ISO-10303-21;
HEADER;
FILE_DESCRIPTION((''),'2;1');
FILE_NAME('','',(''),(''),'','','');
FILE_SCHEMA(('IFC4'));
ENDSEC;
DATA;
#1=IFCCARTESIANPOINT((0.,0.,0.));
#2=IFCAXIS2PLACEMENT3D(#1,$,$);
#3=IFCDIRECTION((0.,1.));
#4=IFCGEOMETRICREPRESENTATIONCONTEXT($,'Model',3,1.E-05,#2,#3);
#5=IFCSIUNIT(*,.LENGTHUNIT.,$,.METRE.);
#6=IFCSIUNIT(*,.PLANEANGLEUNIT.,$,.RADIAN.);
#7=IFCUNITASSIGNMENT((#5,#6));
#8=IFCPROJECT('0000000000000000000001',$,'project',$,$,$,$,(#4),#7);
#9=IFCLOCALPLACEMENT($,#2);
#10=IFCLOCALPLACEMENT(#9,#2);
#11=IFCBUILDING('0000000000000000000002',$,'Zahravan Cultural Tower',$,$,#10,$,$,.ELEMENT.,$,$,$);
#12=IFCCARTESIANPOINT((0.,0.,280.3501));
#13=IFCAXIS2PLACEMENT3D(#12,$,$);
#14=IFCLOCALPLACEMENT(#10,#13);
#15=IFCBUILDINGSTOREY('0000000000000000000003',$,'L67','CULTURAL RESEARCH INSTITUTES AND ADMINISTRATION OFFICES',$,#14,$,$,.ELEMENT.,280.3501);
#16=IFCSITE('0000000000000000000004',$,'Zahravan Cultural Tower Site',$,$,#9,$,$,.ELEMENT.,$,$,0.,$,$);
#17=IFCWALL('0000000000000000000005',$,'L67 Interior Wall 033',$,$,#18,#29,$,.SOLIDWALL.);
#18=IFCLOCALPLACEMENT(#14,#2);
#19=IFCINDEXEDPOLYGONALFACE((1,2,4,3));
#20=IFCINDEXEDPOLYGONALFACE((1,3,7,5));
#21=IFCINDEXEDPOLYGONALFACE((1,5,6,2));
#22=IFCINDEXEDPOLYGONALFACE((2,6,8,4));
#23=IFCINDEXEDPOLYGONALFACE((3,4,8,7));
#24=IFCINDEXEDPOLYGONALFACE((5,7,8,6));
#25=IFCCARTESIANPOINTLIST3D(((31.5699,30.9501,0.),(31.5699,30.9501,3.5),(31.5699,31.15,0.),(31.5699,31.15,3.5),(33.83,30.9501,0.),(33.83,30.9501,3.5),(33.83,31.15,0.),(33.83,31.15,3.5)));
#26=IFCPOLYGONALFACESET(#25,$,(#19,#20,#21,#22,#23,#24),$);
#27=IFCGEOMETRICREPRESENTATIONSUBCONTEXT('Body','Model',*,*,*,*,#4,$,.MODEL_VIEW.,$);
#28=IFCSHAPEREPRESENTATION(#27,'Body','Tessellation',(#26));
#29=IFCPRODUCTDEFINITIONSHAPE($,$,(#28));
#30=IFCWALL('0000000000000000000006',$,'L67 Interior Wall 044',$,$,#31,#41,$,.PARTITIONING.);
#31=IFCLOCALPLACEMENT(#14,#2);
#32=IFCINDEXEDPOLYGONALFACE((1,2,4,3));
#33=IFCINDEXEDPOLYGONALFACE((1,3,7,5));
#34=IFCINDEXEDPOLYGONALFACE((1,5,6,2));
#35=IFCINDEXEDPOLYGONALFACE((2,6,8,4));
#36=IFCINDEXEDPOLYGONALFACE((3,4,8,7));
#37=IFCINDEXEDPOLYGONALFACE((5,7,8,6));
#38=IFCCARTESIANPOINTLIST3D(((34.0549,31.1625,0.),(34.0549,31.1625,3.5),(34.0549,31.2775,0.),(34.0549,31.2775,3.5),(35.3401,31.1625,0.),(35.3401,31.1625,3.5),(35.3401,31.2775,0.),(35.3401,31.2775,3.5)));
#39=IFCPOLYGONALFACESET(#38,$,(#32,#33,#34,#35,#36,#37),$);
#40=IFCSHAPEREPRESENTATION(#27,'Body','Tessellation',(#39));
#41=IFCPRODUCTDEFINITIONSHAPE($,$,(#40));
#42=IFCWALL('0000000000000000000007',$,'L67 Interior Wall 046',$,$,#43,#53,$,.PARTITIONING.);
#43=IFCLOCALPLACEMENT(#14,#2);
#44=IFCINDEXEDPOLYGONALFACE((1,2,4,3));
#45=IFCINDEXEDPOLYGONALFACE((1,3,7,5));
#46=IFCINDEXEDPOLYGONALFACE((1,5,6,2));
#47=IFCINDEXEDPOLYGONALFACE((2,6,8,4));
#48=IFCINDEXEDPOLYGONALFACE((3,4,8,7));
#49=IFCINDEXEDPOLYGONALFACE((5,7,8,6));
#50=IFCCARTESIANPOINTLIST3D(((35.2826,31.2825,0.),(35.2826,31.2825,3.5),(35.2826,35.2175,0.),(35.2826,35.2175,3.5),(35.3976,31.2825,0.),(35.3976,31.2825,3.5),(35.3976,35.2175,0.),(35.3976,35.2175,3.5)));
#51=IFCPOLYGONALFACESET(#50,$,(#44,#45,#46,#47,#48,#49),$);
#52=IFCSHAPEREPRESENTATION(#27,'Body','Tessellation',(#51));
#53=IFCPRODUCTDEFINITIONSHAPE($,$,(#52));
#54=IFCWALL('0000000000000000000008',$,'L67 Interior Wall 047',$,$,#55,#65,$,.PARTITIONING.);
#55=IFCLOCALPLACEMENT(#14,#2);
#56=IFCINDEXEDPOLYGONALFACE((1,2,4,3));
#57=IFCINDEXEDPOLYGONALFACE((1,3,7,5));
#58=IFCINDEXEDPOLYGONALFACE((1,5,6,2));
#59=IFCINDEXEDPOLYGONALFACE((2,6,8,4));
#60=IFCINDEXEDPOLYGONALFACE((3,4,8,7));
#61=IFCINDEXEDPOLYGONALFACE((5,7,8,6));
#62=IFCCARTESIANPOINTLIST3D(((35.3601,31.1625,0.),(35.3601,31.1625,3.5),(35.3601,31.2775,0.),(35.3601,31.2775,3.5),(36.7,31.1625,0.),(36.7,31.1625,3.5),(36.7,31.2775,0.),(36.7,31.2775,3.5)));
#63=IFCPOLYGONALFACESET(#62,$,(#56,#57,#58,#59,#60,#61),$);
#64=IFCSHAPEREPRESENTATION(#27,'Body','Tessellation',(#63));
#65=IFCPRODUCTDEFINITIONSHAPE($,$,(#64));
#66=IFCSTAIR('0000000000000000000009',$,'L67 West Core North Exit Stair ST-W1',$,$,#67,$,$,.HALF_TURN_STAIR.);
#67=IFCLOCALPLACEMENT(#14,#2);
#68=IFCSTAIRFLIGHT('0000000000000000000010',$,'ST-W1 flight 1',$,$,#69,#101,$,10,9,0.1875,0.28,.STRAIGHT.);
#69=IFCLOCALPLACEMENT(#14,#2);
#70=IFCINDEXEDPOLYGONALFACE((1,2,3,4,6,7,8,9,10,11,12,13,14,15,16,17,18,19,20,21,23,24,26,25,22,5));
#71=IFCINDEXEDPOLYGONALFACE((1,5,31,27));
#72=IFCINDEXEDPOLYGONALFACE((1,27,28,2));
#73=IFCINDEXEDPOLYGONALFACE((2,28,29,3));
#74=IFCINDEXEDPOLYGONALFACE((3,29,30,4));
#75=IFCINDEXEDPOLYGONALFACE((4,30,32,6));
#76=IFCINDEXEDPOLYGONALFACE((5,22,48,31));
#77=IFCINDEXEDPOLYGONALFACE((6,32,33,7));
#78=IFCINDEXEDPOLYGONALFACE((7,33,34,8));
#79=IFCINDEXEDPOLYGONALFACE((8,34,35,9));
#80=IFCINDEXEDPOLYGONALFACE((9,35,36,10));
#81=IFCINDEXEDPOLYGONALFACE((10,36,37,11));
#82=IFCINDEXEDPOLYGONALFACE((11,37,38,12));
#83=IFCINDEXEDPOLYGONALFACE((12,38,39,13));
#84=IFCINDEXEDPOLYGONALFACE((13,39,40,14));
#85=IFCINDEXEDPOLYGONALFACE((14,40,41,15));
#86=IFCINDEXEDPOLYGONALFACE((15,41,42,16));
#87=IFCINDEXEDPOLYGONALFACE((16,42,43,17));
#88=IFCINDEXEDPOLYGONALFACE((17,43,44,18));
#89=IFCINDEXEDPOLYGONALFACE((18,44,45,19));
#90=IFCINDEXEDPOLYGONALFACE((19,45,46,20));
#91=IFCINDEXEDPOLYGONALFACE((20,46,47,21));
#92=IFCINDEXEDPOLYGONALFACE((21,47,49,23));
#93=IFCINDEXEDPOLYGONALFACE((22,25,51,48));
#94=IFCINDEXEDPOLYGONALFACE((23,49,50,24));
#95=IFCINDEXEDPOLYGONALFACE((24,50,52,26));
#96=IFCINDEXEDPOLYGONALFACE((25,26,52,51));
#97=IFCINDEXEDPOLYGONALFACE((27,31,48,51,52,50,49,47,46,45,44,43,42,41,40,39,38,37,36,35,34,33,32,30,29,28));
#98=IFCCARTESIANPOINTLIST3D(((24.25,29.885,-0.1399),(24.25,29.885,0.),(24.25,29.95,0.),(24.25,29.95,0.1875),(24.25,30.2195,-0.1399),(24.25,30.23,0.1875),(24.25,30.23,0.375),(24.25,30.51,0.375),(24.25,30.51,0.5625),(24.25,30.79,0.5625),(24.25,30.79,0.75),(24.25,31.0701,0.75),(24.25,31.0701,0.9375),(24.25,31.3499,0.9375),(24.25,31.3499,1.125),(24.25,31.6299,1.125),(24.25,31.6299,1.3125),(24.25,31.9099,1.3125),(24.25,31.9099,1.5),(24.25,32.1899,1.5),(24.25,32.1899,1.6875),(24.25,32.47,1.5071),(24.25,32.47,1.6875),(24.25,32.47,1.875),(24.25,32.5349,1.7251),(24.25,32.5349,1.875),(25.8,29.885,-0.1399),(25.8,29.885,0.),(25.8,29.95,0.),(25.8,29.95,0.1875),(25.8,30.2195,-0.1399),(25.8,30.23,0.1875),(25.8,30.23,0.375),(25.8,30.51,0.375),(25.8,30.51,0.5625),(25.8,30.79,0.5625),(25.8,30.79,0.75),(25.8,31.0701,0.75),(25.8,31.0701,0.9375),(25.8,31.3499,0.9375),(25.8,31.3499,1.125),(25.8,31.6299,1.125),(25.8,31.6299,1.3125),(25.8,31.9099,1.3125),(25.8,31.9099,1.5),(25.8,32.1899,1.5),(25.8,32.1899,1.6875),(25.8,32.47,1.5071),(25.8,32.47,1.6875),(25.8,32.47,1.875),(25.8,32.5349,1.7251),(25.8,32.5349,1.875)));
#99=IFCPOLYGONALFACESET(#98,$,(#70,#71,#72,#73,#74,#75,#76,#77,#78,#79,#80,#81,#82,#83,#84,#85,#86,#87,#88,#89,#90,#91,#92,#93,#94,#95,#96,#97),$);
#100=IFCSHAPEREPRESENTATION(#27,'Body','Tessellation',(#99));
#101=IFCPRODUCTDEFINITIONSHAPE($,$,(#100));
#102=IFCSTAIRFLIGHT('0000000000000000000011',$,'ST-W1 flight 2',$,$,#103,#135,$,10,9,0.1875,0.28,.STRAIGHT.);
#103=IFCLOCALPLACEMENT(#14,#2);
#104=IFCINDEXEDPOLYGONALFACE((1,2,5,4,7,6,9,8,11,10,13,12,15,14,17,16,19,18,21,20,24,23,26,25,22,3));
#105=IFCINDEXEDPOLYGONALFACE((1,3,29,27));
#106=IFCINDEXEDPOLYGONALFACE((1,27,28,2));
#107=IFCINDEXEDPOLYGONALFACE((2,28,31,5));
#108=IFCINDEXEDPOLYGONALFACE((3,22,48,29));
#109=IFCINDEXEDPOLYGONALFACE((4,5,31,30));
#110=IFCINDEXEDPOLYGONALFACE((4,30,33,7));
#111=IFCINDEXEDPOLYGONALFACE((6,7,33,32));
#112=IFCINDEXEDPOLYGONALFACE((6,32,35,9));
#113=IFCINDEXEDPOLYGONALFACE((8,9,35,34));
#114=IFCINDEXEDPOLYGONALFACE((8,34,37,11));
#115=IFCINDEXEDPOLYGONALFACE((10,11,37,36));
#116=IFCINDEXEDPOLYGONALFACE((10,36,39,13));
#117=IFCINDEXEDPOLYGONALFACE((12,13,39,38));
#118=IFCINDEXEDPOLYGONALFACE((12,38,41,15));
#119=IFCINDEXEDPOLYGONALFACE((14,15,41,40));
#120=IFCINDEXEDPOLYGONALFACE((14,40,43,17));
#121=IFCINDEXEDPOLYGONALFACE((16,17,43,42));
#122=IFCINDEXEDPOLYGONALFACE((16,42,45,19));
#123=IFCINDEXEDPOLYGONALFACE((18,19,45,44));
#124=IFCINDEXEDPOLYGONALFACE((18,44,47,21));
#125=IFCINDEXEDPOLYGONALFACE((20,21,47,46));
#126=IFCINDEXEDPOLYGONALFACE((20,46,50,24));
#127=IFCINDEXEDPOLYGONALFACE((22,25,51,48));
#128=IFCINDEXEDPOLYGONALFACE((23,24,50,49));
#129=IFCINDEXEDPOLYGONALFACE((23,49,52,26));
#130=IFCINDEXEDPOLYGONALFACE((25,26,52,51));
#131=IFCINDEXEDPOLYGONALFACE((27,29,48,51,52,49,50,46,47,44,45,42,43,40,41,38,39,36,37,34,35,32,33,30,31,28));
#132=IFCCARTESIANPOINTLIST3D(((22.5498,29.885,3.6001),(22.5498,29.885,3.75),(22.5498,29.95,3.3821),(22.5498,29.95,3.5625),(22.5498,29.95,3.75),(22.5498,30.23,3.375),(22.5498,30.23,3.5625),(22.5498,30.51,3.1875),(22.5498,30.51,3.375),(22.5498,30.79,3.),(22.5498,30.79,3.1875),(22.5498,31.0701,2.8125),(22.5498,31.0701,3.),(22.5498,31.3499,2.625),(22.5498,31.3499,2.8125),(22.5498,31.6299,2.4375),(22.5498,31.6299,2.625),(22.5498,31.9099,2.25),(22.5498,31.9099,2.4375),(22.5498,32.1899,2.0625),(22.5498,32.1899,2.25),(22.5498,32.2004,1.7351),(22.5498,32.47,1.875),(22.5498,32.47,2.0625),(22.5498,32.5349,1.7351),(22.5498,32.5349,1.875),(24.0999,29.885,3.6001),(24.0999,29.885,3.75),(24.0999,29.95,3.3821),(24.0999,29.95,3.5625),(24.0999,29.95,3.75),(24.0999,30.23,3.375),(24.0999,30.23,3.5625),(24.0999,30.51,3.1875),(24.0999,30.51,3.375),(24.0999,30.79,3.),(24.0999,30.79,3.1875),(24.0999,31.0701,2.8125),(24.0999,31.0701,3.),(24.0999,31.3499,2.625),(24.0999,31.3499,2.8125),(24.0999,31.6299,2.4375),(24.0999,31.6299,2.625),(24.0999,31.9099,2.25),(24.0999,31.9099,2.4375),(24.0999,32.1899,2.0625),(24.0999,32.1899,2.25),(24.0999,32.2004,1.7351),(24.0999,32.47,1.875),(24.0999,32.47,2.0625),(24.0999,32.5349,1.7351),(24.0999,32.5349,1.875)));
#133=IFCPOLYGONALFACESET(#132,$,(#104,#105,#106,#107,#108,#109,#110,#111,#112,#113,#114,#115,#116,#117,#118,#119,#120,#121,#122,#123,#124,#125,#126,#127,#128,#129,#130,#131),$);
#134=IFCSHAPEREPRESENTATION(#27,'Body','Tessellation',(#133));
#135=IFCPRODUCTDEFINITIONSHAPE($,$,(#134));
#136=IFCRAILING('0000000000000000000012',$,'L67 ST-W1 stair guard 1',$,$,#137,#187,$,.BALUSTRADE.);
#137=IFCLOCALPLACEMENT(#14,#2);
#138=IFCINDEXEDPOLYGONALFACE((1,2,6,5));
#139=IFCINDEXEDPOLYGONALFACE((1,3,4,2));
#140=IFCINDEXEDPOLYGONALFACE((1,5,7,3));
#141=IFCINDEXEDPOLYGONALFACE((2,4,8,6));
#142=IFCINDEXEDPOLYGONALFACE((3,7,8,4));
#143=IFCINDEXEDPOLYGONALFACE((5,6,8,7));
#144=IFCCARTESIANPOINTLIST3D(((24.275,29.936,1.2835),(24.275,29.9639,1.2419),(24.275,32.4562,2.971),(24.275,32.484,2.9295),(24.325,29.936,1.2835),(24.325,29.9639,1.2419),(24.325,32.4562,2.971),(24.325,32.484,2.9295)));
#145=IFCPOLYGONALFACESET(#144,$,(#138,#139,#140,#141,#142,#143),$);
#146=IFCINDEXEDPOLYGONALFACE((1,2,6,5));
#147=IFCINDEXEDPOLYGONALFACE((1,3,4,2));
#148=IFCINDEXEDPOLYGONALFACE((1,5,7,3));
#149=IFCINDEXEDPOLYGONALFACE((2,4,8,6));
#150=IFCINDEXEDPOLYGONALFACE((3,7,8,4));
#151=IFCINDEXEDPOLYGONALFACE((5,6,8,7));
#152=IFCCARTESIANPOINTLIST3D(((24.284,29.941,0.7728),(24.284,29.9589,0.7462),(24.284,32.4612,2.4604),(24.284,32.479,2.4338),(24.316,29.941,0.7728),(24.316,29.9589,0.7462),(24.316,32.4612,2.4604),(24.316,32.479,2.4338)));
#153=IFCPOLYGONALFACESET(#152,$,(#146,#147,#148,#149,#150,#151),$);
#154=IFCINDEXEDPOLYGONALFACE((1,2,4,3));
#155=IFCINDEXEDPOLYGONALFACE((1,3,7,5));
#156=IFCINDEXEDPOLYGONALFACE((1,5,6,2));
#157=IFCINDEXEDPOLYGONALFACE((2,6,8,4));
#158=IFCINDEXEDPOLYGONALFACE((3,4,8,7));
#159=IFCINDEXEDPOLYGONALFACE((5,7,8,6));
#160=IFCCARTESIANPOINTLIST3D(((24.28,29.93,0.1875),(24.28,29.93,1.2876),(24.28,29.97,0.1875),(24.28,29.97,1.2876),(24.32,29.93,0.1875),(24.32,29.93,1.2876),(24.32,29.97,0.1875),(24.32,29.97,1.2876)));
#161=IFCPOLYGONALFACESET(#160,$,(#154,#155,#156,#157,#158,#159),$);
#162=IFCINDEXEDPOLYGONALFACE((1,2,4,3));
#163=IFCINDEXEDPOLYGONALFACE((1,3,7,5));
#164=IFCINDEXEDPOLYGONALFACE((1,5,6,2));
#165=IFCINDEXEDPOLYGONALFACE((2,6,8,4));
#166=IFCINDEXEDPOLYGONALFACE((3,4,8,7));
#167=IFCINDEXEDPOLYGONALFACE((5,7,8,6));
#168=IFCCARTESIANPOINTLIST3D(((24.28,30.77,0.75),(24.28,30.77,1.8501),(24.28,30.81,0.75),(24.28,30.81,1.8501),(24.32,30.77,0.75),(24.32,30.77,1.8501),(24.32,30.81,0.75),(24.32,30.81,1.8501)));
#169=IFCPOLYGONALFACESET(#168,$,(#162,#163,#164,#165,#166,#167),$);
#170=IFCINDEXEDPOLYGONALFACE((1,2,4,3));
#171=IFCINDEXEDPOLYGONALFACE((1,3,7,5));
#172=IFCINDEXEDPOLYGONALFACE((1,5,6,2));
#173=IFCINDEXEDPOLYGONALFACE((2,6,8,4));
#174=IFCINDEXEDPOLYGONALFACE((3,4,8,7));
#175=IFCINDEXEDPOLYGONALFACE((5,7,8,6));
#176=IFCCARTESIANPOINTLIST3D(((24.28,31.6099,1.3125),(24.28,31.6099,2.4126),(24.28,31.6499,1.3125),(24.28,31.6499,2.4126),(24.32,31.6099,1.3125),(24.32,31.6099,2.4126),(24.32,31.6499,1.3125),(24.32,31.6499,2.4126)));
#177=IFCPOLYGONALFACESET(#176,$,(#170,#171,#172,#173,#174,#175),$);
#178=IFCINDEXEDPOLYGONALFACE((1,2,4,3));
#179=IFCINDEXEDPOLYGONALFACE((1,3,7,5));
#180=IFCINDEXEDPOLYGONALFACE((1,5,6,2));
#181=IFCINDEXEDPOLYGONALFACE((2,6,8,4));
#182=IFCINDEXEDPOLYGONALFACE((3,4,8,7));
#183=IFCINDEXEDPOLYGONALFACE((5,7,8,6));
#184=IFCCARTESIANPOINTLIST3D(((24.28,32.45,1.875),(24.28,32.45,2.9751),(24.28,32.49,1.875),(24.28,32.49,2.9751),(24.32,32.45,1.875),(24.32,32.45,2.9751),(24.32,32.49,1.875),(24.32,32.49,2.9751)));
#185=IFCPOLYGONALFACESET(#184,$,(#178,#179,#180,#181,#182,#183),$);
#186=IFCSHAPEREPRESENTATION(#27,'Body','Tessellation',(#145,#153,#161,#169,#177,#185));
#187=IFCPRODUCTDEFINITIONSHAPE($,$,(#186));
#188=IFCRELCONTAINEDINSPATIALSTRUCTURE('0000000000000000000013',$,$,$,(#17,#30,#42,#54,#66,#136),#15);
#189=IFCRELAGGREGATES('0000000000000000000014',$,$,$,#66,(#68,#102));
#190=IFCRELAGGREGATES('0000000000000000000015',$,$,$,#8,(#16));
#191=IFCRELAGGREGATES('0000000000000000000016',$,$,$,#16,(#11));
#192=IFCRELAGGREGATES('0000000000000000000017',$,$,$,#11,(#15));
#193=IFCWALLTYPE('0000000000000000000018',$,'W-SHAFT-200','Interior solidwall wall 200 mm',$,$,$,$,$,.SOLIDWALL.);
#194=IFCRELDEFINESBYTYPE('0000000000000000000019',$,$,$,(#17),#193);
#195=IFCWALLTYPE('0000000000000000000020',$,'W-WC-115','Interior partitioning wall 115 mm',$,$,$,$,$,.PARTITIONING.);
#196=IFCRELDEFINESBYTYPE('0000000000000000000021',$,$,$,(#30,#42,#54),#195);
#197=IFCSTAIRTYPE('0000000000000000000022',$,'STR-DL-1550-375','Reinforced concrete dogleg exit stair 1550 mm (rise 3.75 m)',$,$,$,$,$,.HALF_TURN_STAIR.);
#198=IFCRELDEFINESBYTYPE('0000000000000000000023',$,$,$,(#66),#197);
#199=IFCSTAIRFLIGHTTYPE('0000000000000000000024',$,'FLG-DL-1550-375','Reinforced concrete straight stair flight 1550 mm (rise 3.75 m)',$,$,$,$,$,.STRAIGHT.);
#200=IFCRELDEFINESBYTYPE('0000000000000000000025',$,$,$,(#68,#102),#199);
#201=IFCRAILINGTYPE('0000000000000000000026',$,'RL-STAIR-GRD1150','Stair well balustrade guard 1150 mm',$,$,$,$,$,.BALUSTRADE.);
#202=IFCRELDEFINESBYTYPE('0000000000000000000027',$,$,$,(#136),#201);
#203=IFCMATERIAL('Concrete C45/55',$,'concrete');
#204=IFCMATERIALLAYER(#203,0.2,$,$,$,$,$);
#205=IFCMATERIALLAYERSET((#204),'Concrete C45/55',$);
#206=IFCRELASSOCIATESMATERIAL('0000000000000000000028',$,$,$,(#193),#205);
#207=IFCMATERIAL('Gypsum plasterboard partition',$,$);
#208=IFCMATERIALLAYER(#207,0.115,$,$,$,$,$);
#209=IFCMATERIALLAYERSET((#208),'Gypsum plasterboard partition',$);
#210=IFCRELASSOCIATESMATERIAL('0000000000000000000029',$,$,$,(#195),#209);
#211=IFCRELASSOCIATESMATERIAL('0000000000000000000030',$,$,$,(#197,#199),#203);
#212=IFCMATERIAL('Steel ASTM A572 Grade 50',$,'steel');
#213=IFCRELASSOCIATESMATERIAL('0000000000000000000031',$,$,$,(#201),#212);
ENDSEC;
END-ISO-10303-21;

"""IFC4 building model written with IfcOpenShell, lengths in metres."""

from ifc_helpers import new_model, si_unit, direction, frame, frame_2d, origin, origin_2d, place, context, subcontext, project, spatial, polyline, rectangle, outline, extrude, source, transform, mapped, material, layer, layer_set, type_object, element, aggregate, save


model = new_model("IFC4")

# Units and contexts
model_context = context("Model", 3, precision=1e-05, world=origin(), true_north=direction((0.0, 1.0)))
body_context = subcontext(model_context, "Body", "Model", "MODEL_VIEW")
ifc_project = project(units=[si_unit("LENGTHUNIT", "METRE"), si_unit("PLANEANGLEUNIT", "RADIAN")], contexts=[model_context])

# Site, building, storey
site_placement = place(None, origin())
site = spatial("IfcSite", under=ifc_project, at=site_placement, Name="Zahravan Cultural Tower Site", CompositionType="ELEMENT", RefElevation=0.0)
building_placement = place(site_placement, origin())
building = spatial("IfcBuilding", under=site, at=building_placement, Name="Zahravan Cultural Tower", CompositionType="ELEMENT")
storey_placement = place(building_placement, frame((0.0, 0.0, 280.3501)))
storey = spatial("IfcBuildingStorey", under=building, at=storey_placement, Name="L67", Description="CULTURAL RESEARCH INSTITUTES AND ADMINISTRATION OFFICES", CompositionType="ELEMENT", Elevation=280.3501)

# Shared definitions
ifc_material_1 = material(Name="Concrete C45/55", Category="concrete")
ifc_layer_1 = layer(ifc_material_1, 0.2)
ifc_layer_set_1 = layer_set([ifc_layer_1], Name="Concrete C45/55")
wall_type_1 = type_object("IfcWallType", Name="W-SHAFT-200", Description="Interior solidwall wall 200 mm", PredefinedType="SOLIDWALL", material=ifc_layer_set_1)
ifc_material_2 = material(Name="Steel ASTM A572 Grade 50", Category="steel")
ifc_material_3 = material(Name="Gypsum plasterboard partition")
ifc_layer_2 = layer(ifc_material_3, 0.115)
ifc_layer_set_2 = layer_set([ifc_layer_2], Name="Gypsum plasterboard partition")
wall_type_2 = type_object("IfcWallType", Name="W-WC-115", Description="Interior partitioning wall 115 mm", PredefinedType="PARTITIONING", material=ifc_layer_set_2)

# Walls
shared_shape_1 = source(origin(), body_context, "Body", "SweptSolid", [
    extrude(rectangle(XDim=2.26, YDim=0.2, at=frame_2d((1.1299, 0.0))), origin(), (0.0, 0.0, 1.0), 3.5),
])
for number, where, z_axis, x_axis, name in (
    (1, (31.5701, 31.05, 0.0), (0.0, 0.0, 1.0), (1.0, 0.0, 0.0), "L67 Interior Wall 033"),
):
    element("IfcWall", number, at=place(storey_placement, frame(where, z_axis=z_axis, x_axis=x_axis)), inside=storey, type_object=wall_type_1, Name=name, PredefinedType="SOLIDWALL", context=body_context, shape_type="MappedRepresentation", body=[
        mapped(shared_shape_1, transform((0.0, 0.0, 0.0), x_axis=(1.0, 0.0, 0.0), y_axis=(0.0, 1.0, 0.0), z_axis=(0.0, 0.0, 1.0), scale=1.0)),
    ])
shared_shape_2 = source(origin(), body_context, "Body", "SweptSolid", [
    extrude(rectangle(XDim=1.2852, YDim=0.115, at=frame_2d((0.6426, 0.0))), origin(), (0.0, 0.0, 1.0), 3.5),
])
wall_1_placement = place(storey_placement, frame((35.3401, 31.22, 0.0), z_axis=(0.0, 0.0, 1.0), x_axis=(-1.0, 0.0, 0.0)))
element("IfcWall", 2, at=wall_1_placement, inside=storey, type_object=wall_type_2, Name="L67 Interior Wall 044", PredefinedType="PARTITIONING", context=body_context, shape_type="MappedRepresentation", body=[
    mapped(shared_shape_2, transform((0.0, 0.0, 0.0), x_axis=(1.0, 0.0, 0.0), y_axis=(0.0, 1.0, 0.0), z_axis=(0.0, 0.0, 1.0), scale=1.0)),
])
shared_shape_3 = source(origin(), body_context, "Body", "SweptSolid", [
    extrude(rectangle(XDim=3.9351, YDim=0.115, at=frame_2d((1.9675, 0.0))), origin(), (0.0, 0.0, 1.0), 3.5),
])
wall_2_placement = place(storey_placement, frame((35.3401, 35.2175, 0.0), z_axis=(0.0, 0.0, 1.0), x_axis=(0.0, -1.0, 0.0)))
element("IfcWall", 3, at=wall_2_placement, inside=storey, type_object=wall_type_2, Name="L67 Interior Wall 046", PredefinedType="PARTITIONING", context=body_context, shape_type="MappedRepresentation", body=[
    mapped(shared_shape_3, transform((0.0, 0.0, 0.0), x_axis=(1.0, 0.0, 0.0), y_axis=(0.0, 1.0, 0.0), z_axis=(0.0, 0.0, 1.0), scale=1.0)),
])
shared_shape_4 = source(origin(), body_context, "Body", "SweptSolid", [
    extrude(rectangle(XDim=1.3398, YDim=0.115, at=frame_2d((0.6699, 0.0))), origin(), (0.0, 0.0, 1.0), 3.5),
])
wall_3_placement = place(storey_placement, frame((36.7, 31.22, 0.0), z_axis=(0.0, 0.0, 1.0), x_axis=(-1.0, 0.0, 0.0)))
element("IfcWall", 4, at=wall_3_placement, inside=storey, type_object=wall_type_2, Name="L67 Interior Wall 047", PredefinedType="PARTITIONING", context=body_context, shape_type="MappedRepresentation", body=[
    mapped(shared_shape_4, transform((0.0, 0.0, 0.0), x_axis=(1.0, 0.0, 0.0), y_axis=(0.0, 1.0, 0.0), z_axis=(0.0, 0.0, 1.0), scale=1.0)),
])

# Stair, stair flights
stair_type = type_object("IfcStairType", Name="STR-DL-1550-375", Description="Reinforced concrete dogleg exit stair 1550 mm (rise 3.75 m)", PredefinedType="HALF_TURN_STAIR", material=ifc_material_1)
stair_placement = place(storey_placement, origin())
stair = element("IfcStair", 5, at=stair_placement, inside=storey, type_object=stair_type, Name="L67 West Core North Exit Stair ST-W1", PredefinedType="HALF_TURN_STAIR")
stair_flight_type = type_object("IfcStairFlightType", Name="FLG-DL-1550-375", Description="Reinforced concrete straight stair flight 1550 mm (rise 3.75 m)", PredefinedType="STRAIGHT", material=ifc_material_1)
stair_flight_1_placement = place(storey_placement, frame((25.0249, 29.95, 0.0), z_axis=(0.0, 0.0, 1.0), x_axis=(0.0, 1.0, 0.0)))
stair_flight_1 = element("IfcStairFlight", 6, at=stair_flight_1_placement, type_object=stair_flight_type, Name="ST-W1 flight 1", NumberOfRisers=10, NumberOfTreads=9, PredefinedType="STRAIGHT", RiserHeight=0.1875, TreadLength=0.28, context=body_context, shape_type="SweptSolid", body=[
    extrude(outline(polyline([(-0.0649, -0.1399), (-0.0649, 0.0), (0.0, 0.0), (0.0, 0.1875), (0.28, 0.1875), (0.28, 0.375), (0.5601, 0.375), (0.5601, 0.5625), (0.8401, 0.5625), (0.8401, 0.75), (1.1201, 0.75), (1.1201, 0.9375), (1.3999, 0.9375), (1.3999, 1.125), (1.6799, 1.125), (1.6799, 1.3125), (1.96, 1.3125), (1.96, 1.5), (2.24, 1.5), (2.24, 1.6875), (2.52, 1.6875), (2.52, 1.875), (2.585, 1.875), (2.585, 1.7251), (2.52, 1.5071), (0.2695, -0.1399), (-0.0649, -0.1399)])), frame((0.0, 0.7749, 0.0), z_axis=(0.0, -1.0, 0.0), x_axis=(1.0, 0.0, 0.0)), (0.0, 0.0, 1.0), 1.55),
])
stair_flight_2_placement = place(storey_placement, frame((23.325, 32.47, 1.875), z_axis=(0.0, 0.0, 1.0), x_axis=(0.0, -1.0, 0.0)))
stair_flight_2 = element("IfcStairFlight", 7, at=stair_flight_2_placement, type_object=stair_flight_type, Name="ST-W1 flight 2", NumberOfRisers=10, NumberOfTreads=9, PredefinedType="STRAIGHT", RiserHeight=0.1875, TreadLength=0.28, context=body_context, shape_type="SweptSolid", body=[
    extrude(outline(polyline([(-0.0649, -0.1399), (-0.0649, 0.0), (0.0, 0.0), (0.0, 0.1875), (0.28, 0.1875), (0.28, 0.375), (0.5601, 0.375), (0.5601, 0.5625), (0.8401, 0.5625), (0.8401, 0.75), (1.1201, 0.75), (1.1201, 0.9375), (1.3999, 0.9375), (1.3999, 1.125), (1.6799, 1.125), (1.6799, 1.3125), (1.96, 1.3125), (1.96, 1.5), (2.24, 1.5), (2.24, 1.6875), (2.52, 1.6875), (2.52, 1.875), (2.585, 1.875), (2.585, 1.7251), (2.52, 1.5071), (0.2695, -0.1399), (-0.0649, -0.1399)])), frame((0.0, 0.7749, 0.0), z_axis=(0.0, -1.0, 0.0), x_axis=(1.0, 0.0, 0.0)), (0.0, 0.0, 1.0), 1.55),
])
aggregate(stair, [stair_flight_1, stair_flight_2])

# Railing
railing_type_1 = type_object("IfcRailingType", Name="RL-STAIR-GRD1150", Description="Stair well balustrade guard 1150 mm", PredefinedType="BALUSTRADE", material=ifc_material_2)
railing_1_placement = place(storey_placement, frame((24.3, 29.95, 0.1875)))
element("IfcRailing", 8, at=railing_1_placement, inside=storey, type_object=railing_type_1, Name="L67 ST-W1 stair guard 1", PredefinedType="BALUSTRADE", context=body_context, shape_type="SweptSolid", body=[
    extrude(rectangle(XDim=0.05, YDim=0.05, at=origin_2d()), frame((0.0, 0.0, 1.0752), z_axis=(0.0, 0.830909, 0.556408), x_axis=(-1.0, 0.0, 0.0)), (0.0, 0.0, 1.0), 3.033),
    extrude(rectangle(XDim=0.032, YDim=0.032, at=origin_2d()), frame((0.0, 0.0, 0.572), z_axis=(0.0, 0.830909, 0.556408), x_axis=(-1.0, 0.0, 0.0)), (0.0, 0.0, 1.0), 3.033),
    extrude(rectangle(XDim=0.04, YDim=0.04, at=origin_2d()), origin(), (0.0, 0.0, 1.0), 1.1001),
    extrude(rectangle(XDim=0.04, YDim=0.04, at=origin_2d()), frame((0.0, 0.8401, 0.5625)), (0.0, 0.0, 1.0), 1.1001),
    extrude(rectangle(XDim=0.04, YDim=0.04, at=origin_2d()), frame((0.0, 1.6799, 1.125)), (0.0, 0.0, 1.0), 1.1001),
    extrude(rectangle(XDim=0.04, YDim=0.04, at=origin_2d()), frame((0.0, 2.52, 1.6875)), (0.0, 0.0, 1.0), 1.1001),
])

save(model, "model.ifc")
